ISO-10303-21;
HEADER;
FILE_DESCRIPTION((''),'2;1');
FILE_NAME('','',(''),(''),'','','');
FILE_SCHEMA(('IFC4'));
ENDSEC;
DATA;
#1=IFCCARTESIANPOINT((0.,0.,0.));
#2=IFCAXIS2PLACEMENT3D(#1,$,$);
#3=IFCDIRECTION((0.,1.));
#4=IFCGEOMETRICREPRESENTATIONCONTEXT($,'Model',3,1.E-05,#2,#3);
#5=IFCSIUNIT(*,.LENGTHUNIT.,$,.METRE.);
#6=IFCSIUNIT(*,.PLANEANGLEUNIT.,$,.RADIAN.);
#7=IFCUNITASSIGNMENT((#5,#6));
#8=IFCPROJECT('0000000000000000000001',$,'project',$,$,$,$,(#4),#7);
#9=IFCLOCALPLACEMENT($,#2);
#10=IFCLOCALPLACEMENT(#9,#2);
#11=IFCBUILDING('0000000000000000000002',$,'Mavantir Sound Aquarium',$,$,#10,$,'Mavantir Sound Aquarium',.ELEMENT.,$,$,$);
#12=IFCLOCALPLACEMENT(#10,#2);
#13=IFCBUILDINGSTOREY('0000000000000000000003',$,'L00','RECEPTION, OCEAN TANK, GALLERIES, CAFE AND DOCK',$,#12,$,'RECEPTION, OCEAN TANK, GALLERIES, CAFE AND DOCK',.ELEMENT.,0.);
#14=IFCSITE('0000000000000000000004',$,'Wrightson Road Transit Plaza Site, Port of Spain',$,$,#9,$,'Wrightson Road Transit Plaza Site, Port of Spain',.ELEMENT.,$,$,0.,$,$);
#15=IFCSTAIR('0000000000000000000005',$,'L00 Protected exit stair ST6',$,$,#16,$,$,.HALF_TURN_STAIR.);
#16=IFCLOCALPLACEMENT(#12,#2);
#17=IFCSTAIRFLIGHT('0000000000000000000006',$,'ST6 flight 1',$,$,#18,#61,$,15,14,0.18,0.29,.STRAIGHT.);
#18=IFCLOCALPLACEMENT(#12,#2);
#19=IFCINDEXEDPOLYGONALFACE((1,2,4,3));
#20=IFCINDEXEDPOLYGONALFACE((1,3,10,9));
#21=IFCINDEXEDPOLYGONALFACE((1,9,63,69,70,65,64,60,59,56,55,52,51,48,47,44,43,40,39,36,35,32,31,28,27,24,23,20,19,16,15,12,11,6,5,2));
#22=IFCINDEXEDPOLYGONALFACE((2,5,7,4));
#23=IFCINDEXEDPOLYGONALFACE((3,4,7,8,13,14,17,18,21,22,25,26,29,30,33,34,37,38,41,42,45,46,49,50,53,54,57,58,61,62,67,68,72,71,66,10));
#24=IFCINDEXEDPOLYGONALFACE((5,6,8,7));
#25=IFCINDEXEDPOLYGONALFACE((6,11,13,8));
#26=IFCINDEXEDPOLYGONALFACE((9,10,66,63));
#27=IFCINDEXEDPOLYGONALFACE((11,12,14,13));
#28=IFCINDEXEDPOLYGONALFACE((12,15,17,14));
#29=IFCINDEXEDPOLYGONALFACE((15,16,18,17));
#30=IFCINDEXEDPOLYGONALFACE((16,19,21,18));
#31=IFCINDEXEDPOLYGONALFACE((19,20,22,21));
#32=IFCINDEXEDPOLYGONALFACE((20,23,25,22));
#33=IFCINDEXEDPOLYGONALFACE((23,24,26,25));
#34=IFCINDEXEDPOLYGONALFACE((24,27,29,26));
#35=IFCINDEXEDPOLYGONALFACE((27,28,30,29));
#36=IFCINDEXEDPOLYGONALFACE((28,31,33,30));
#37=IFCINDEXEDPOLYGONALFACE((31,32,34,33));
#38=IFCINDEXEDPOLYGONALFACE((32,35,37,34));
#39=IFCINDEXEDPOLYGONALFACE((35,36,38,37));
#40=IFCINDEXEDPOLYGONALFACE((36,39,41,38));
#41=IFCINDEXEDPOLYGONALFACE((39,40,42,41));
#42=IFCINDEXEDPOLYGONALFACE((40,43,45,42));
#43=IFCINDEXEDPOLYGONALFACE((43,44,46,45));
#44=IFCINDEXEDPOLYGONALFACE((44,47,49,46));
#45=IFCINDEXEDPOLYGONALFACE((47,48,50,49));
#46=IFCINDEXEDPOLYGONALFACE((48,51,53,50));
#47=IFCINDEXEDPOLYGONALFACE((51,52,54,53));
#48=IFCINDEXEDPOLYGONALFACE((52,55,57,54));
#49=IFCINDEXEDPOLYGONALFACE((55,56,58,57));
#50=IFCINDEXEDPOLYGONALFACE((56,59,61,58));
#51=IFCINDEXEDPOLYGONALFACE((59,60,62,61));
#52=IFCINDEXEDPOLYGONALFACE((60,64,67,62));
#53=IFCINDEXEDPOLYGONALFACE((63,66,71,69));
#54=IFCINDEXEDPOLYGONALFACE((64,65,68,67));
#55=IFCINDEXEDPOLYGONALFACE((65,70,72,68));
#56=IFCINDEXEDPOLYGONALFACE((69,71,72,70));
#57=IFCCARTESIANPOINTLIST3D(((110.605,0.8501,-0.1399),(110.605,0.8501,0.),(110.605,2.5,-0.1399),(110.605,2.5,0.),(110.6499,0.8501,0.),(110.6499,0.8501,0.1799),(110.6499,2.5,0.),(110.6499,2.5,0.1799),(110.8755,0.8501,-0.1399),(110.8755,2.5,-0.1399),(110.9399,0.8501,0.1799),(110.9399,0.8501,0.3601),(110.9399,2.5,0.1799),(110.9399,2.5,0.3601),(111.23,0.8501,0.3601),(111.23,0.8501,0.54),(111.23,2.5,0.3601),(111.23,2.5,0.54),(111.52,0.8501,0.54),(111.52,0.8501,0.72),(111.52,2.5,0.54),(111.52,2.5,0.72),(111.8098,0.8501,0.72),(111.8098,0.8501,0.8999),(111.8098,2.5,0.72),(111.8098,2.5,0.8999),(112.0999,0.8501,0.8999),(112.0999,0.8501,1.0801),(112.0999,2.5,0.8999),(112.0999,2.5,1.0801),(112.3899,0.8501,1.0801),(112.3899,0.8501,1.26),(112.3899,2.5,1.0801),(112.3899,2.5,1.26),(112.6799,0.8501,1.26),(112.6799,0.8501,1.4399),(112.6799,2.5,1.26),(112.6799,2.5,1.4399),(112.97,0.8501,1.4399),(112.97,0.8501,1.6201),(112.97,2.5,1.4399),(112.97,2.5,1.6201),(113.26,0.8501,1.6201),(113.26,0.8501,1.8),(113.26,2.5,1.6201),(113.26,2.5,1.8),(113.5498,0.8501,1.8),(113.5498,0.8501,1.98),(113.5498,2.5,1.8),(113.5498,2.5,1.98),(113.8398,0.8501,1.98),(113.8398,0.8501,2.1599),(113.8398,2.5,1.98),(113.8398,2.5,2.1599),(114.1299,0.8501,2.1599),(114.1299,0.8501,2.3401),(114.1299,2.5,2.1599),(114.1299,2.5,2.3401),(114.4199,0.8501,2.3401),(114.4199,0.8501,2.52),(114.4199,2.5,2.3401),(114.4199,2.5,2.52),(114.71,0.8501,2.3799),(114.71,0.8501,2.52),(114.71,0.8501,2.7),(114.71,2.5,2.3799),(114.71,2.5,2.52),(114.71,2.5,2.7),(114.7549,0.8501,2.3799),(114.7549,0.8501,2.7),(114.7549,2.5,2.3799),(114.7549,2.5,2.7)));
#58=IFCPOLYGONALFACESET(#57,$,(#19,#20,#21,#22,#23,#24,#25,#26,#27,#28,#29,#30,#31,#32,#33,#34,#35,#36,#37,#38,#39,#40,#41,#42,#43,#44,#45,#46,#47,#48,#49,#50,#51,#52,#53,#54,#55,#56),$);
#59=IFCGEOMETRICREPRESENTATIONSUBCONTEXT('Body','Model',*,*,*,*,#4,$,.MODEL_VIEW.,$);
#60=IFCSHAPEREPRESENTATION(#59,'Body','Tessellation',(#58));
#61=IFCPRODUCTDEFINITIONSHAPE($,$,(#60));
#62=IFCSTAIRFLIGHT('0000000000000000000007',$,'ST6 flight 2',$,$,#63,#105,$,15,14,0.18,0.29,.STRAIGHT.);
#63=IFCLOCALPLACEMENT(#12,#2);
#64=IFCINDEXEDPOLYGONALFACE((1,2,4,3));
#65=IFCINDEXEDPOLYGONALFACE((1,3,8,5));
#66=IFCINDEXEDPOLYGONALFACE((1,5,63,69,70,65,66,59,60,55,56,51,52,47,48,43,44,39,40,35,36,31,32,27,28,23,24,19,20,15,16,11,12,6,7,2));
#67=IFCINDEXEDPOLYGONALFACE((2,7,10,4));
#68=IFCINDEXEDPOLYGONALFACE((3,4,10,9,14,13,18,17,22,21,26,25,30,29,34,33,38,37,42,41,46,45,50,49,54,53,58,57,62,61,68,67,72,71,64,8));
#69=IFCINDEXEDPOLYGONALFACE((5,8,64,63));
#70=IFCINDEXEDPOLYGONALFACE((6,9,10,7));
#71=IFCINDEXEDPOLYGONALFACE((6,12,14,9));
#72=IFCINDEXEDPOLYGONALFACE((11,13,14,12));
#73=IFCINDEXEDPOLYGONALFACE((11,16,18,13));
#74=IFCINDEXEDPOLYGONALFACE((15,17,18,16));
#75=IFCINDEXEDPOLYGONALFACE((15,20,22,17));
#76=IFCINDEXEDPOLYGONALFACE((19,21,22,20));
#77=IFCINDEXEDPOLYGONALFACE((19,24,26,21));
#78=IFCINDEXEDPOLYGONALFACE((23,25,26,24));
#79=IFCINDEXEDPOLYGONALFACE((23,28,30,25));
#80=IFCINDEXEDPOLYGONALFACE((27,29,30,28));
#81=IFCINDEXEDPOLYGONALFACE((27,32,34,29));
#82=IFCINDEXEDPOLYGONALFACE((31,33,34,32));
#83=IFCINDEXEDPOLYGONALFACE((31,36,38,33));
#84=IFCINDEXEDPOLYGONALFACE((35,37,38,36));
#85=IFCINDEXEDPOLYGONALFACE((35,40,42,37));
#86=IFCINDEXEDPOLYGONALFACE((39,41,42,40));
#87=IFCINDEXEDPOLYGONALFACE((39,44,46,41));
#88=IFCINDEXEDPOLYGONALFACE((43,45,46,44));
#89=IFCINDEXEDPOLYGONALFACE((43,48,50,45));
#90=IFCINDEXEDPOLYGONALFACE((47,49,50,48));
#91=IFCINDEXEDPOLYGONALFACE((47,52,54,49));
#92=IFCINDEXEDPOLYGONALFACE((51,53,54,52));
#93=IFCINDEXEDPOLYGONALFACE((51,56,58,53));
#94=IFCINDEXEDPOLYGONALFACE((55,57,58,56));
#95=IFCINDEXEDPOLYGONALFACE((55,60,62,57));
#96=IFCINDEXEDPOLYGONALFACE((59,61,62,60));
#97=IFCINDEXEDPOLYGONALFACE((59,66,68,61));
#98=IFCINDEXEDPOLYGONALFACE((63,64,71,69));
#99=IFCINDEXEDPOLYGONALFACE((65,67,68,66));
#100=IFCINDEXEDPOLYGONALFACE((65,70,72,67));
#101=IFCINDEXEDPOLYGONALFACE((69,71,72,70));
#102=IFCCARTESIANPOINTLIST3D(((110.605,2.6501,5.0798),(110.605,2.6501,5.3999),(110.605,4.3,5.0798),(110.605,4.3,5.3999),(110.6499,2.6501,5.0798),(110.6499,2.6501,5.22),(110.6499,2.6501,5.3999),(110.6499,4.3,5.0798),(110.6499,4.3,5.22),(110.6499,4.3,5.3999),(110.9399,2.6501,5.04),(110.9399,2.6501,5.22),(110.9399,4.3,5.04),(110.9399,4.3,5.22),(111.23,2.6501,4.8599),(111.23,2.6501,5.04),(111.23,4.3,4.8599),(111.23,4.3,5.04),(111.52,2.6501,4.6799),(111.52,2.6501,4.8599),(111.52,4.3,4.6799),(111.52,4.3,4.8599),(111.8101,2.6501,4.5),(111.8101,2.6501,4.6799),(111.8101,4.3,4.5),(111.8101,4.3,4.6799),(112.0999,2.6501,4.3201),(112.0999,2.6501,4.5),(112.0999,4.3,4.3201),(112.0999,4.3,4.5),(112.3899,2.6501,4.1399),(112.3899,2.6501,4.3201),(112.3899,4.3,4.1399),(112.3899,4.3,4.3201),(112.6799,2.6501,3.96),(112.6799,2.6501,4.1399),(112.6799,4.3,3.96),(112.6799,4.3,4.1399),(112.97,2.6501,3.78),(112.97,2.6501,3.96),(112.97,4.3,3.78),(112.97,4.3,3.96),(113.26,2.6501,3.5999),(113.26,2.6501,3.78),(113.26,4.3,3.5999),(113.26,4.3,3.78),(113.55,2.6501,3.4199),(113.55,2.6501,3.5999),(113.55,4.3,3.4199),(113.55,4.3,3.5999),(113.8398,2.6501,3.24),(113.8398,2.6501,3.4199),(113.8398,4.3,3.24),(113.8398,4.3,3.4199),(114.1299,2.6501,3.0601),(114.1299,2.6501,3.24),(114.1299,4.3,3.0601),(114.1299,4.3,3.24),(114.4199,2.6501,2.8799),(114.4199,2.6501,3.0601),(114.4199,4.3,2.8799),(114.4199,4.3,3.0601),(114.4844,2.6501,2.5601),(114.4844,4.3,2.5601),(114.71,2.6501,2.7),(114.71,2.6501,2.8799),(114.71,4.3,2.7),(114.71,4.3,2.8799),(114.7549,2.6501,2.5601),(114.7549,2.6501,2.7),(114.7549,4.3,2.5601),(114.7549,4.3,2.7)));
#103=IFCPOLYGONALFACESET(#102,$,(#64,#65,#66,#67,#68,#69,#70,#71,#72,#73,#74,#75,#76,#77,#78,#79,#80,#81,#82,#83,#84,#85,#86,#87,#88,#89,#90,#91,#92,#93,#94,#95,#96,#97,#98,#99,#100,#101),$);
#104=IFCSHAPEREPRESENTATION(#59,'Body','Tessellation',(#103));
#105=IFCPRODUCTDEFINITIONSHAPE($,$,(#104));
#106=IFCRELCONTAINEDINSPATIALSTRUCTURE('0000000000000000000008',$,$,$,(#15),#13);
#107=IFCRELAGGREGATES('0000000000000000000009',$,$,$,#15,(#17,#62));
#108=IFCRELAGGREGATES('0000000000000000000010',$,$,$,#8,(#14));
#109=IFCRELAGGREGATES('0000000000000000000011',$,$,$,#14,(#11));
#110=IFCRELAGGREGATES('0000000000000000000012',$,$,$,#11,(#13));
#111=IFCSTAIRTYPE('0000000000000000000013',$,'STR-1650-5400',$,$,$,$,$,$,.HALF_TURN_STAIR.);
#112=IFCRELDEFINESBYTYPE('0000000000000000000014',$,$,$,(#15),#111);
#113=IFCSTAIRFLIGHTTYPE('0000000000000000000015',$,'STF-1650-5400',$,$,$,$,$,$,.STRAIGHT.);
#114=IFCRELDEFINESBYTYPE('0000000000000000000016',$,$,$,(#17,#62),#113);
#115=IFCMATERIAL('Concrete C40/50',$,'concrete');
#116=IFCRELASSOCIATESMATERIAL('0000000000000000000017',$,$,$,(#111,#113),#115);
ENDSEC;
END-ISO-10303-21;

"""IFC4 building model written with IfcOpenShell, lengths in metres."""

from ifc_helpers import new_model, si_unit, direction, frame, origin, place, context, subcontext, project, spatial, polyline, outline, extrude, material, type_object, element, aggregate, save


model = new_model("IFC4")

# Units and contexts
model_context = context("Model", 3, precision=1e-05, world=origin(), true_north=direction((0.0, 1.0)))
body_context = subcontext(model_context, "Body", "Model", "MODEL_VIEW")
ifc_project = project(units=[si_unit("LENGTHUNIT", "METRE"), si_unit("PLANEANGLEUNIT", "RADIAN")], contexts=[model_context])

# Site, building, storey
site_placement = place(None, origin())
site = spatial("IfcSite", under=ifc_project, at=site_placement, Name="Wrightson Road Transit Plaza Site, Port of Spain", LongName="Wrightson Road Transit Plaza Site, Port of Spain", CompositionType="ELEMENT", RefElevation=0.0)
building_placement = place(site_placement, origin())
building = spatial("IfcBuilding", under=site, at=building_placement, Name="Mavantir Sound Aquarium", LongName="Mavantir Sound Aquarium", CompositionType="ELEMENT")
storey_placement = place(building_placement, origin())
storey = spatial("IfcBuildingStorey", under=building, at=storey_placement, Name="L00", Description="RECEPTION, OCEAN TANK, GALLERIES, CAFE AND DOCK", LongName="RECEPTION, OCEAN TANK, GALLERIES, CAFE AND DOCK", CompositionType="ELEMENT", Elevation=0.0)

# Shared definitions
ifc_material_1 = material(Name="Concrete C40/50", Category="concrete")

# Stair, stair flights
stair_type = type_object("IfcStairType", Name="STR-1650-5400", PredefinedType="HALF_TURN_STAIR", material=ifc_material_1)
stair_placement = place(storey_placement, origin())
stair = element("IfcStair", 1, at=stair_placement, inside=storey, type_object=stair_type, Name="L00 Protected exit stair ST6", PredefinedType="HALF_TURN_STAIR")
stair_flight_type = type_object("IfcStairFlightType", Name="STF-1650-5400", PredefinedType="STRAIGHT", material=ifc_material_1)
stair_flight_1_placement = place(storey_placement, frame((110.6499, 1.675, 0.0), z_axis=(0.0, 0.0, 1.0), x_axis=(1.0, 0.0, 0.0)))
stair_flight_1 = element("IfcStairFlight", 2, at=stair_flight_1_placement, type_object=stair_flight_type, Name="ST6 flight 1", NumberOfRisers=15, NumberOfTreads=14, PredefinedType="STRAIGHT", RiserHeight=0.18, TreadLength=0.29, context=body_context, shape_type="SweptSolid", body=[
    extrude(outline(polyline([(-0.0449, -0.1399), (-0.0449, 0.0), (0.0, 0.0), (0.0, 0.1799), (0.29, 0.1799), (0.29, 0.3601), (0.5801, 0.3601), (0.5801, 0.54), (0.8701, 0.54), (0.8701, 0.72), (1.1599, 0.72), (1.1599, 0.8999), (1.45, 0.8999), (1.45, 1.0801), (1.74, 1.0801), (1.74, 1.26), (2.03, 1.26), (2.03, 1.4399), (2.3201, 1.4399), (2.3201, 1.6201), (2.6101, 1.6201), (2.6101, 1.8), (2.8999, 1.8), (2.8999, 1.98), (3.1899, 1.98), (3.1899, 2.1599), (3.48, 2.1599), (3.48, 2.3401), (3.77, 2.3401), (3.77, 2.52), (4.0601, 2.52), (4.0601, 2.7), (4.105, 2.7), (4.105, 2.3799), (4.0601, 2.3799), (0.2256, -0.1399), (-0.0449, -0.1399)])), frame((0.0, 0.825, 0.0), z_axis=(0.0, -1.0, 0.0), x_axis=(1.0, 0.0, 0.0)), (0.0, 0.0, 1.0), 1.6499),
])
stair_flight_2_placement = place(storey_placement, frame((114.71, 3.4751, 2.7), z_axis=(0.0, 0.0, 1.0), x_axis=(-1.0, 0.0, 0.0)))
stair_flight_2 = element("IfcStairFlight", 3, at=stair_flight_2_placement, type_object=stair_flight_type, Name="ST6 flight 2", NumberOfRisers=15, NumberOfTreads=14, PredefinedType="STRAIGHT", RiserHeight=0.18, TreadLength=0.29, context=body_context, shape_type="SweptSolid", body=[
    extrude(outline(polyline([(-0.0449, -0.1399), (-0.0449, 0.0), (0.0, 0.0), (0.0, 0.1799), (0.29, 0.1799), (0.29, 0.3601), (0.5801, 0.3601), (0.5801, 0.54), (0.8701, 0.54), (0.8701, 0.72), (1.1599, 0.72), (1.1599, 0.8999), (1.45, 0.8999), (1.45, 1.0801), (1.74, 1.0801), (1.74, 1.26), (2.03, 1.26), (2.03, 1.4399), (2.3201, 1.4399), (2.3201, 1.6201), (2.6101, 1.6201), (2.6101, 1.8), (2.8999, 1.8), (2.8999, 1.98), (3.1899, 1.98), (3.1899, 2.1599), (3.48, 2.1599), (3.48, 2.3401), (3.77, 2.3401), (3.77, 2.52), (4.0601, 2.52), (4.0601, 2.7), (4.105, 2.7), (4.105, 2.3799), (4.0601, 2.3799), (0.2256, -0.1399), (-0.0449, -0.1399)])), frame((0.0, 0.825, 0.0), z_axis=(0.0, -1.0, 0.0), x_axis=(1.0, 0.0, 0.0)), (0.0, 0.0, 1.0), 1.6499),
])
aggregate(stair, [stair_flight_1, stair_flight_2])

save(model, "model.ifc")
